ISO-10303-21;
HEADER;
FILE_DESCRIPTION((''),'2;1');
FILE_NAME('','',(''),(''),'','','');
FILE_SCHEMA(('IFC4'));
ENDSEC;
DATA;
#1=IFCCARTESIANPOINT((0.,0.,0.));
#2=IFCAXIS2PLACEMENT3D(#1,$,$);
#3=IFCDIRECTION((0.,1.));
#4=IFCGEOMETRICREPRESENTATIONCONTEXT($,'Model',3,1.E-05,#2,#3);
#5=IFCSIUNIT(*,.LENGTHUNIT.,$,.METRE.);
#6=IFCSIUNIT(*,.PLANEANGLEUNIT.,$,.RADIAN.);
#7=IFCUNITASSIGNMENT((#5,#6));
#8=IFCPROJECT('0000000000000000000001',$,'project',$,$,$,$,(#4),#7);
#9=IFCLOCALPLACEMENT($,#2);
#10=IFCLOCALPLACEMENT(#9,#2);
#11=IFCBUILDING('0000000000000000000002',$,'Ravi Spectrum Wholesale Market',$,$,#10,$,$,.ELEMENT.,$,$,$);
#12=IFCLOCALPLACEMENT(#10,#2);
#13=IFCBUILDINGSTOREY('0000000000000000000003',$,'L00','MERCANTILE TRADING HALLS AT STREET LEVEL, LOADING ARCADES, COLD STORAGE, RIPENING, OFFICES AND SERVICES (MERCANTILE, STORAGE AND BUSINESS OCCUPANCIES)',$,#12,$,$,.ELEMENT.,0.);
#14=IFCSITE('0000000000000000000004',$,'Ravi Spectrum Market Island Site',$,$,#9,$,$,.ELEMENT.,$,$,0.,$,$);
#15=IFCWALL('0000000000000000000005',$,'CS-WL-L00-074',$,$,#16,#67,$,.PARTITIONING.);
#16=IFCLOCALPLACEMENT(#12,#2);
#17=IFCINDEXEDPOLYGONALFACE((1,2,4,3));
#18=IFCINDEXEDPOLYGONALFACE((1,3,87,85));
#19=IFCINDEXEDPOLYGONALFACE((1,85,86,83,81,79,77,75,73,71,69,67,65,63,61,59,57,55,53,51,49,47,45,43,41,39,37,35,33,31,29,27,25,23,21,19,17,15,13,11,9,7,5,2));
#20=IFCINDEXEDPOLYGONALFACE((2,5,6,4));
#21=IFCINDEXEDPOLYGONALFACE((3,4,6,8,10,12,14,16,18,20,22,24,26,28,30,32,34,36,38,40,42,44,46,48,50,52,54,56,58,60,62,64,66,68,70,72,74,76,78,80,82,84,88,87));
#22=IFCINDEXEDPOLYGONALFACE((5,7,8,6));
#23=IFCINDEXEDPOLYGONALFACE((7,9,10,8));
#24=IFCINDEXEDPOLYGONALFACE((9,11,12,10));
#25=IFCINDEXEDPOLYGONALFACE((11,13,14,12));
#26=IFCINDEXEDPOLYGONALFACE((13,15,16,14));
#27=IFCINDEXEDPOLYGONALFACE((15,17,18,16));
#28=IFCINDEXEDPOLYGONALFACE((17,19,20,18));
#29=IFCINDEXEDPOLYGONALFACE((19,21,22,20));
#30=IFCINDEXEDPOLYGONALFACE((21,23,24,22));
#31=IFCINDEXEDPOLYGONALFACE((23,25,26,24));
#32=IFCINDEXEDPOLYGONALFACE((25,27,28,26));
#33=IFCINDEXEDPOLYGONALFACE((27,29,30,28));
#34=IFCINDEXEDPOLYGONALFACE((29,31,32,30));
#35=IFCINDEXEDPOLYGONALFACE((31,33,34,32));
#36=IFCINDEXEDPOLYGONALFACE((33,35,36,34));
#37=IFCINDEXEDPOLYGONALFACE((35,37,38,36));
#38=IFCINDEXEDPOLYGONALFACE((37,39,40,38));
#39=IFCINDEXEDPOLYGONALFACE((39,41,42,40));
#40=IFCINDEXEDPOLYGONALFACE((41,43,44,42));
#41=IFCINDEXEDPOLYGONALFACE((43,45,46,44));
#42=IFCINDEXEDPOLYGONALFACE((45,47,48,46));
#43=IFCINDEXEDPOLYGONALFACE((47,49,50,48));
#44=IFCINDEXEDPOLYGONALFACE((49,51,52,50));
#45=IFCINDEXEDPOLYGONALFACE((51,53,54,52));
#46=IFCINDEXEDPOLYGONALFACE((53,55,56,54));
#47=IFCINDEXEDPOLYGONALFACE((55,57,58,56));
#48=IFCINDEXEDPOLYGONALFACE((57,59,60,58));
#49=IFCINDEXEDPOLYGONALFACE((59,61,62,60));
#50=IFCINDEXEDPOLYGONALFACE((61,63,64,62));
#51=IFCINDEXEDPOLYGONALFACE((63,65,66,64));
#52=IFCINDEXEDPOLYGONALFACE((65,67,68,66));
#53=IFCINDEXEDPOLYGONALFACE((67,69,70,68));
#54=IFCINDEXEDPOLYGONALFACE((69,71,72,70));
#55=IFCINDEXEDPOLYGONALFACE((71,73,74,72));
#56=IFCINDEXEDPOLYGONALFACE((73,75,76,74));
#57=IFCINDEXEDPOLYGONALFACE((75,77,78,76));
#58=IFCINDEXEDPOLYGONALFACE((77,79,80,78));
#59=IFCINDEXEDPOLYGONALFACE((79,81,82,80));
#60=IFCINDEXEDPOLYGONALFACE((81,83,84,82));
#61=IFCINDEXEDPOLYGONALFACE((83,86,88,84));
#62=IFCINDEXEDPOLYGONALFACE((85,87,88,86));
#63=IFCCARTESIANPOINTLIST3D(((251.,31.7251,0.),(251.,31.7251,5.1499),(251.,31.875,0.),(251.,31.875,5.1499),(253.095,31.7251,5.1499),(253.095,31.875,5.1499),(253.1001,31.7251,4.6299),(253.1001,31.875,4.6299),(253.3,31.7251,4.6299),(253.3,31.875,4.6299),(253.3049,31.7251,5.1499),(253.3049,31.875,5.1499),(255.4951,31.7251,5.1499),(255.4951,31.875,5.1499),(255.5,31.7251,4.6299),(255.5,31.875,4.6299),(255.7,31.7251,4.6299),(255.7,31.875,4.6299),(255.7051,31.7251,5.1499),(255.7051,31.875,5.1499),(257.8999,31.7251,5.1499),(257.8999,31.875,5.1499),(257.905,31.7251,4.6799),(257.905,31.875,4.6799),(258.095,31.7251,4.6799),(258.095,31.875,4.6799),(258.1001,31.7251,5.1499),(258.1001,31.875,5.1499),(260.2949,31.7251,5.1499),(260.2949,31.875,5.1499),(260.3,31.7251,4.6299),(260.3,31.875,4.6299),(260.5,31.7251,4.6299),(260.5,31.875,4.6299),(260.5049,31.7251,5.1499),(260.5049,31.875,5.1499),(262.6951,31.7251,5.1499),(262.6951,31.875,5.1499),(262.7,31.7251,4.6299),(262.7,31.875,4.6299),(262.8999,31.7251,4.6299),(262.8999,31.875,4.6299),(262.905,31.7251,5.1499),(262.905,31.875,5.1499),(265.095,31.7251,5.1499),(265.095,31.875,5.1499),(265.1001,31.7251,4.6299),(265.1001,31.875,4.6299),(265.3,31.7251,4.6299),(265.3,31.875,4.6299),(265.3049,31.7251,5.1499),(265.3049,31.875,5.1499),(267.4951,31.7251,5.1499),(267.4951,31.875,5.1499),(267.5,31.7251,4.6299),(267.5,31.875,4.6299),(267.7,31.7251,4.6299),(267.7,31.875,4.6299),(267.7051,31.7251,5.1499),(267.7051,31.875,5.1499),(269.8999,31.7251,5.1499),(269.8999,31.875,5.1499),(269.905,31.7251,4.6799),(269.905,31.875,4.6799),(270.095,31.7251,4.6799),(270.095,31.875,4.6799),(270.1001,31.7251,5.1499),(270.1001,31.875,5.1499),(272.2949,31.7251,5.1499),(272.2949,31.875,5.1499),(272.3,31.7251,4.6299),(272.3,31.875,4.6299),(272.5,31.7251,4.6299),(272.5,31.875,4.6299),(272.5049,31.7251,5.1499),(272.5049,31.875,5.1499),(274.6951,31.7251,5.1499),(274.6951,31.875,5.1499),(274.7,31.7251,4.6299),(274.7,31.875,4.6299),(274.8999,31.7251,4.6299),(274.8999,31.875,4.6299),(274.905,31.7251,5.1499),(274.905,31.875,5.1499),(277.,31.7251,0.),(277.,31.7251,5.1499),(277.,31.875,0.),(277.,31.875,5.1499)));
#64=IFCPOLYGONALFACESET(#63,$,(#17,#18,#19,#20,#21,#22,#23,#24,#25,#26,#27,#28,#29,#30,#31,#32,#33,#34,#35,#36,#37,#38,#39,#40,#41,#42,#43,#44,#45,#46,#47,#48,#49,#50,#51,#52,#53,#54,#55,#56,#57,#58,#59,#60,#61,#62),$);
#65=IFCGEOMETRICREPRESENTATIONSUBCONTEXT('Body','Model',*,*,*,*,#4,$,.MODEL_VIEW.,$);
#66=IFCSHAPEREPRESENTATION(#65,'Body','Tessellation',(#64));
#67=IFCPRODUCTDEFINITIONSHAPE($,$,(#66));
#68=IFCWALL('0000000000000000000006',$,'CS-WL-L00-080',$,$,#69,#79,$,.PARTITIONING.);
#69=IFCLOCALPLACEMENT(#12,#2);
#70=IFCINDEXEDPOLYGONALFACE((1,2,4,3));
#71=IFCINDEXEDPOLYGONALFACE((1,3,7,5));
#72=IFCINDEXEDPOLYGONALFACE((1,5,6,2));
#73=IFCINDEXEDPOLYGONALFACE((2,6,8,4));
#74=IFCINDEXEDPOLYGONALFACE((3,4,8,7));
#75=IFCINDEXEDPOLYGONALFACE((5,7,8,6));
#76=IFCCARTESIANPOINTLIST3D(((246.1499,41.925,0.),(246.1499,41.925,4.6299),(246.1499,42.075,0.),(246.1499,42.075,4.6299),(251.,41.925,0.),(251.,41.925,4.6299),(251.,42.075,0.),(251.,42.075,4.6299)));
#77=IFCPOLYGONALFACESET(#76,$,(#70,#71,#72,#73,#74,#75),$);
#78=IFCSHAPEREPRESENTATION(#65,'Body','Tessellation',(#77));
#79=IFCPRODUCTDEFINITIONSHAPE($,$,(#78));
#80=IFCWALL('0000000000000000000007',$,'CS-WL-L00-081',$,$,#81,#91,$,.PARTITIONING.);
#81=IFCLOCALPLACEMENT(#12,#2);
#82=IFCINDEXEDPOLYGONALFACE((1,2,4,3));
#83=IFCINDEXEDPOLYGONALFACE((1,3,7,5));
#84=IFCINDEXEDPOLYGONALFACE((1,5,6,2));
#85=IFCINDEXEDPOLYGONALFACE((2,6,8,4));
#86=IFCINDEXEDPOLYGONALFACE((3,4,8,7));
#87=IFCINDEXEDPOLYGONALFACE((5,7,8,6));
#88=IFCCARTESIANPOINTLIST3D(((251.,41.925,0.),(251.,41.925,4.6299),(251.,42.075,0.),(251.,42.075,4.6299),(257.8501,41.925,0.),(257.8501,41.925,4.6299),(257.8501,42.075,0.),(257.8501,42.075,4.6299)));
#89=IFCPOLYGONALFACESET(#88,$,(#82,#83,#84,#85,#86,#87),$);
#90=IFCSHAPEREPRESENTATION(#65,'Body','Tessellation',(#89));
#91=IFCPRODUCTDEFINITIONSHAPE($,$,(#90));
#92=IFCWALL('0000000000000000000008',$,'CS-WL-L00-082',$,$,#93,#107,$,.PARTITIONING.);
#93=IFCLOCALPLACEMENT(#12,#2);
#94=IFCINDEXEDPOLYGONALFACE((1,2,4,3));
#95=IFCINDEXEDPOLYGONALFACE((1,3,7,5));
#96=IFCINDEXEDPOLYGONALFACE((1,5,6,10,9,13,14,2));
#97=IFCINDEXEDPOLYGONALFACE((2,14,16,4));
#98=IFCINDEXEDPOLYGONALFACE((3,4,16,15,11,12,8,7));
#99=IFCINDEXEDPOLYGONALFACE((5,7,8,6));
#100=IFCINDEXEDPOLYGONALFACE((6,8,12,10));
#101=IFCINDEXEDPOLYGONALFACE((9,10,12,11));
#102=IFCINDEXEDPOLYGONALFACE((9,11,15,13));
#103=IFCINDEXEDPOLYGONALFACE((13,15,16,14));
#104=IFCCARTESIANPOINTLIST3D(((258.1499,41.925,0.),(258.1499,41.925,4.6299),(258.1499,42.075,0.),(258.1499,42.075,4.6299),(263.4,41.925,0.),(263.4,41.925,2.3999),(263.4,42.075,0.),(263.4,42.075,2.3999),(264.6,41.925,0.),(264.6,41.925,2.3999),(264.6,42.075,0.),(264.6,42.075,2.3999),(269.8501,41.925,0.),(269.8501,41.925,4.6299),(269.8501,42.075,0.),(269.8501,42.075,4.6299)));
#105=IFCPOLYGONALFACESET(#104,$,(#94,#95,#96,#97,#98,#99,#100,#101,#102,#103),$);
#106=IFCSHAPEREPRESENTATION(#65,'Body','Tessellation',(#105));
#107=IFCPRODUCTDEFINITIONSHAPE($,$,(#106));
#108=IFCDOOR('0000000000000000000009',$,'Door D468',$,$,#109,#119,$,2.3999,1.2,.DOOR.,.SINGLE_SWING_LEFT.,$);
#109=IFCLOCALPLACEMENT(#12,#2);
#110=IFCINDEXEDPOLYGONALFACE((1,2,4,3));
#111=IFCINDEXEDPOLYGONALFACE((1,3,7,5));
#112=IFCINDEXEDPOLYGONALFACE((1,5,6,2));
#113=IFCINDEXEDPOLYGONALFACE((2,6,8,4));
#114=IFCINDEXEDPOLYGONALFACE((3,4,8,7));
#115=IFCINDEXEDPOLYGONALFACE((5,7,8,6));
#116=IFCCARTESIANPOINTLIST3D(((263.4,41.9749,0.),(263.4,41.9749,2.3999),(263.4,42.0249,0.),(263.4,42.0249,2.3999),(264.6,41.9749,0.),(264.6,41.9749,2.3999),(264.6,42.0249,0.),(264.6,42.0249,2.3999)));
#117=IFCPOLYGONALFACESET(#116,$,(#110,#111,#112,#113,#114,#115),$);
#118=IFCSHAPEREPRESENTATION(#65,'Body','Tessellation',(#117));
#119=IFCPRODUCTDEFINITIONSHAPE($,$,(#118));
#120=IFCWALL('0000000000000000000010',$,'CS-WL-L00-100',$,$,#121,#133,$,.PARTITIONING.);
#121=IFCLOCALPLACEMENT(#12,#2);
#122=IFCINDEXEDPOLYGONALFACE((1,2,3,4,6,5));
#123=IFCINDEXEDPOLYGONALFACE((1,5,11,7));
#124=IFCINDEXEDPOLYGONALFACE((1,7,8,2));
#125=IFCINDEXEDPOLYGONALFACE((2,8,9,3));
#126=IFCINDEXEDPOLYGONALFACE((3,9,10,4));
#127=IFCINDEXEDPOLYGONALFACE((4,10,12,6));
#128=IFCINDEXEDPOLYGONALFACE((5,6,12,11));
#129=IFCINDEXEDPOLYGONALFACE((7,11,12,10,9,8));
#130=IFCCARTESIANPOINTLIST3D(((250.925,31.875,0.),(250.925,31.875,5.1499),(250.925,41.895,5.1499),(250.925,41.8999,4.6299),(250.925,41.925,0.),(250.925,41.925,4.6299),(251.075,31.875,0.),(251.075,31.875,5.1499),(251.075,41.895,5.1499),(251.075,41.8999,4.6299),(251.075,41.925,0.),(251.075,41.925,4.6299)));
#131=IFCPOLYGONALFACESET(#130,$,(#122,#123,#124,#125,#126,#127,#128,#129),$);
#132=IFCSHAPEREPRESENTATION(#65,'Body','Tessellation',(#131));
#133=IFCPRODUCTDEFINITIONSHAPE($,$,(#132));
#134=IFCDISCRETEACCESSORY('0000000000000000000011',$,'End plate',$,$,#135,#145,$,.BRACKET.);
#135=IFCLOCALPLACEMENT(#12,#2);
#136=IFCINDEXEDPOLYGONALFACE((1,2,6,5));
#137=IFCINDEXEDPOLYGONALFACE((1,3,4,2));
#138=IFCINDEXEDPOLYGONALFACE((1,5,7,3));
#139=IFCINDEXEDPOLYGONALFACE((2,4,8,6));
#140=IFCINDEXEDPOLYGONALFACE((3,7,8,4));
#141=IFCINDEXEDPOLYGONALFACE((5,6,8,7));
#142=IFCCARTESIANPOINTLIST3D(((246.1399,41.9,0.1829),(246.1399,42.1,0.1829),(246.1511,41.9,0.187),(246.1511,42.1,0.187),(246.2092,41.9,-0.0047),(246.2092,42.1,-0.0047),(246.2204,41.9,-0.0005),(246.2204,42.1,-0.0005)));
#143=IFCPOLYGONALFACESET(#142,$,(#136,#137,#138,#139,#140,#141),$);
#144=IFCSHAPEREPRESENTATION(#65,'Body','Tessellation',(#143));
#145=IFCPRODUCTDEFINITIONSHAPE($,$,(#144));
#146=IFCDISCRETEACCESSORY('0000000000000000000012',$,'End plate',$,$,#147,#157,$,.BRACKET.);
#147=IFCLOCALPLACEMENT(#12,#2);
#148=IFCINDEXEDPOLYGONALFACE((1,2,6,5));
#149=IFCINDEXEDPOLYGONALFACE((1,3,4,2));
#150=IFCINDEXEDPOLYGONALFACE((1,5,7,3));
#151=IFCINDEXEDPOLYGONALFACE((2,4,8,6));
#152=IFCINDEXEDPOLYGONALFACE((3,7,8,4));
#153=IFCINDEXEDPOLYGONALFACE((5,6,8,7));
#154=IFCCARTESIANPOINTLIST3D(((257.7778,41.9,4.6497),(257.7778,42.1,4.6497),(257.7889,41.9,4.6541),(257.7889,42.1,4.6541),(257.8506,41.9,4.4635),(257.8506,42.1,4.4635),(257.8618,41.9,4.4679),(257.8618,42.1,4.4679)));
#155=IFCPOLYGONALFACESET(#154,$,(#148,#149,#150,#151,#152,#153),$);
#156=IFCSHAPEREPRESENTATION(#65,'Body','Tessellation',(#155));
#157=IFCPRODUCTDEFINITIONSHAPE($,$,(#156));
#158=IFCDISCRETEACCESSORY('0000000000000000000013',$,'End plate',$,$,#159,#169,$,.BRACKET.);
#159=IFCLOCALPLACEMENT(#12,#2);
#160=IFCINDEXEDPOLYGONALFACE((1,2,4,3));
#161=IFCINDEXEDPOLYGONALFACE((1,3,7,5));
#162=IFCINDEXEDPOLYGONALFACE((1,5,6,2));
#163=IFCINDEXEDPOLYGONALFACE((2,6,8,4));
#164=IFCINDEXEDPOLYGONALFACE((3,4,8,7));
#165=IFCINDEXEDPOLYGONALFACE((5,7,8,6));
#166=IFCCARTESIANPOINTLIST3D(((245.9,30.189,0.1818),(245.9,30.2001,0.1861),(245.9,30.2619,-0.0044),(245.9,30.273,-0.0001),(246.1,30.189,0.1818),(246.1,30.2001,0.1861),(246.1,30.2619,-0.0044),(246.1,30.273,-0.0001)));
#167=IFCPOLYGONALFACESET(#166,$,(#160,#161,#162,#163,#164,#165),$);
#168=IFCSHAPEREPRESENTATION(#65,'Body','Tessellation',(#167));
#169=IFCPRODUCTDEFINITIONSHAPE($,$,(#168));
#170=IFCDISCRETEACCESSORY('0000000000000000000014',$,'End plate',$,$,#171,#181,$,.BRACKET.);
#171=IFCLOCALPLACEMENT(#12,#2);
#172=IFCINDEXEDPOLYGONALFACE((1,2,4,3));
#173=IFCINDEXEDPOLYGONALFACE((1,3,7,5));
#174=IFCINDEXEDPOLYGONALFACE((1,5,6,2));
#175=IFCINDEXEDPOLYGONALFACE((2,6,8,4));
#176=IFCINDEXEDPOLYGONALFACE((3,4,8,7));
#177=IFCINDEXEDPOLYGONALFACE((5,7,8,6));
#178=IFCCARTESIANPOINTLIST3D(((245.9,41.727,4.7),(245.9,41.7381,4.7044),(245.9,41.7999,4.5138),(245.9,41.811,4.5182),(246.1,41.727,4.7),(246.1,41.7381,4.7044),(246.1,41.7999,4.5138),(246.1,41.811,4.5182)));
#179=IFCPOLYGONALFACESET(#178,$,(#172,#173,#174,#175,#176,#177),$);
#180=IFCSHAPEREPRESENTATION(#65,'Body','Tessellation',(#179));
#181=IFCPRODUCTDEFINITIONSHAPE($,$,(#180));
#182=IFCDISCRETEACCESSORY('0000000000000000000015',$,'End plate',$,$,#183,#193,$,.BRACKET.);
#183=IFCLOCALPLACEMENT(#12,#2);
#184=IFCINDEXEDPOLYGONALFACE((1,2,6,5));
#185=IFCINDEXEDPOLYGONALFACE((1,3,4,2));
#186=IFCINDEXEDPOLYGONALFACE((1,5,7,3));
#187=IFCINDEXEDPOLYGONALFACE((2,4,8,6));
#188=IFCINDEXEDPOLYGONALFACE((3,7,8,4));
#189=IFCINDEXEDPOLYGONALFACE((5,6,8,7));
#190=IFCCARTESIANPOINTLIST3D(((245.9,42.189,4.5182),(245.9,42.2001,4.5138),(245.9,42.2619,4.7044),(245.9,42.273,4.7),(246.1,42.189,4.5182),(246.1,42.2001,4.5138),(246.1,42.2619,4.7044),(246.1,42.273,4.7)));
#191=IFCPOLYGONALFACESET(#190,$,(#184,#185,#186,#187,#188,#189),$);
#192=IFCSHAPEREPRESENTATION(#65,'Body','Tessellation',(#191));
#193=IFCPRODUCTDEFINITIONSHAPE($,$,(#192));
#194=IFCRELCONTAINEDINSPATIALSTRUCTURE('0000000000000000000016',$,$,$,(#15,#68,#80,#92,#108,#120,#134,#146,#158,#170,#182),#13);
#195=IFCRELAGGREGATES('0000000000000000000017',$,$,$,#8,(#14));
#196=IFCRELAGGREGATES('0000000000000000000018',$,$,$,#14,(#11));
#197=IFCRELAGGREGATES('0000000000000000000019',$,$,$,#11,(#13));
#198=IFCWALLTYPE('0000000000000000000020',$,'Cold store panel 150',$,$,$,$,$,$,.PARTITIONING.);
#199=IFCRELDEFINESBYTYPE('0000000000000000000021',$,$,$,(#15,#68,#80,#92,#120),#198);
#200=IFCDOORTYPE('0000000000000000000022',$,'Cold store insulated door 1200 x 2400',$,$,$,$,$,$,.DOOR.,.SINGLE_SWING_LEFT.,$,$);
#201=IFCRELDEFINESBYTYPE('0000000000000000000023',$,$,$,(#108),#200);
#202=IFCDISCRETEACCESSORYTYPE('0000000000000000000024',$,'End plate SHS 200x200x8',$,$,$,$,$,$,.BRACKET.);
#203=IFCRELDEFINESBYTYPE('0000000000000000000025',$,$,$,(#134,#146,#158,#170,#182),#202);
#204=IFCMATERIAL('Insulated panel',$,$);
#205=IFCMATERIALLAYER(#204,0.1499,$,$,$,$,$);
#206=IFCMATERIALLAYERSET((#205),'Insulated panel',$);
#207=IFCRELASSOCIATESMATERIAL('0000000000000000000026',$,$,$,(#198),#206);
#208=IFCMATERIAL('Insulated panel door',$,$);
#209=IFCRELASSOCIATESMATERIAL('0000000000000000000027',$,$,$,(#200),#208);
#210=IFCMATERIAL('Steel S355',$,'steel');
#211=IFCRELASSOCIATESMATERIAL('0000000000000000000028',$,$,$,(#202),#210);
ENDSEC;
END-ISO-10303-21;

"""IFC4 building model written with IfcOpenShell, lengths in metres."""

from ifc_helpers import new_model, si_unit, direction, frame, frame_2d, origin, origin_2d, place, context, subcontext, project, spatial, polyline, rectangle, outline, extrude, material, layer, layer_set, material_profile, profile_set, type_object, element, fill, save


model = new_model("IFC4")

# Units and contexts
model_context = context("Model", 3, precision=1e-05, world=origin(), true_north=direction((0.0, 1.0)))
body_context = subcontext(model_context, "Body", "Model", "MODEL_VIEW")
ifc_project = project(units=[si_unit("LENGTHUNIT", "METRE"), si_unit("PLANEANGLEUNIT", "RADIAN")], contexts=[model_context])

# Site, building, storey
site_placement = place(None, origin())
site = spatial("IfcSite", under=ifc_project, at=site_placement, Name="Ravi Spectrum Market Island Site", CompositionType="ELEMENT", RefElevation=0.0)
building_placement = place(site_placement, origin())
building = spatial("IfcBuilding", under=site, at=building_placement, Name="Ravi Spectrum Wholesale Market", CompositionType="ELEMENT")
storey_placement = place(building_placement, origin())
storey = spatial("IfcBuildingStorey", under=building, at=storey_placement, Name="L00", Description="MERCANTILE TRADING HALLS AT STREET LEVEL, LOADING ARCADES, COLD STORAGE, RIPENING, OFFICES AND SERVICES (MERCANTILE, STORAGE AND BUSINESS OCCUPANCIES)", CompositionType="ELEMENT", Elevation=0.0)

# Walls
ifc_material_1 = material(Name="Insulated panel")
ifc_layer = layer(ifc_material_1, 0.1499)
ifc_layer_set = layer_set([ifc_layer], Name="Insulated panel")
wall_type = type_object("IfcWallType", Name="Cold store panel 150", PredefinedType="PARTITIONING", material=ifc_layer_set)
wall_1_placement = place(storey_placement, frame((251.0, 31.8, 0.0), z_axis=(0.0, 0.0, 1.0), x_axis=(1.0, 0.0, 0.0)))
element("IfcWall", 1, at=wall_1_placement, inside=storey, type_object=wall_type, Name="CS-WL-L00-074", PredefinedType="PARTITIONING", context=body_context, shape_type="SweptSolid", body=[
    extrude(outline(polyline([(0.0, 0.0), (26.0, 0.0), (26.0, 5.1499), (23.905, 5.1499), (23.8999, 4.6299), (23.7, 4.6299), (23.6951, 5.1499), (21.5049, 5.1499), (21.5, 4.6299), (21.3, 4.6299), (21.2949, 5.1499), (19.1001, 5.1499), (19.095, 4.6799), (18.905, 4.6799), (18.8999, 5.1499), (16.7051, 5.1499), (16.7, 4.6299), (16.5, 4.6299), (16.4951, 5.1499), (14.3049, 5.1499), (14.3, 4.6299), (14.1001, 4.6299), (14.095, 5.1499), (11.905, 5.1499), (11.8999, 4.6299), (11.7, 4.6299), (11.6951, 5.1499), (9.5049, 5.1499), (9.5, 4.6299), (9.3, 4.6299), (9.2949, 5.1499), (7.1001, 5.1499), (7.095, 4.6799), (6.905, 4.6799), (6.8999, 5.1499), (4.7051, 5.1499), (4.7, 4.6299), (4.5, 4.6299), (4.4951, 5.1499), (2.3049, 5.1499), (2.3, 4.6299), (2.1001, 4.6299), (2.095, 5.1499), (0.0, 5.1499), (0.0, 0.0)])), frame((0.0, 0.075, 0.0), z_axis=(0.0, -1.0, 0.0), x_axis=(1.0, 0.0, 0.0)), (0.0, 0.0, 1.0), 0.1499),
])
wall_2_placement = place(storey_placement, frame((246.1499, 42.0, 0.0), z_axis=(0.0, 0.0, 1.0), x_axis=(1.0, 0.0, 0.0)))
element("IfcWall", 2, at=wall_2_placement, inside=storey, type_object=wall_type, Name="CS-WL-L00-080", PredefinedType="PARTITIONING", context=body_context, shape_type="SweptSolid", body=[
    extrude(rectangle(XDim=4.8501, YDim=0.1499, at=frame_2d((2.425, 0.0))), origin(), (0.0, 0.0, 1.0), 4.6299),
])
wall_3_placement = place(storey_placement, frame((251.0, 42.0, 0.0), z_axis=(0.0, 0.0, 1.0), x_axis=(1.0, 0.0, 0.0)))
element("IfcWall", 3, at=wall_3_placement, inside=storey, type_object=wall_type, Name="CS-WL-L00-081", PredefinedType="PARTITIONING", context=body_context, shape_type="SweptSolid", body=[
    extrude(rectangle(XDim=6.8501, YDim=0.1499, at=frame_2d((3.425, 0.0))), origin(), (0.0, 0.0, 1.0), 4.6299),
])

# Wall, opening, door
wall_4_placement = place(storey_placement, frame((258.1499, 42.0, 0.0), z_axis=(0.0, 0.0, 1.0), x_axis=(1.0, 0.0, 0.0)))
wall_4 = element("IfcWall", 4, at=wall_4_placement, inside=storey, type_object=wall_type, Name="CS-WL-L00-082", PredefinedType="PARTITIONING", context=body_context, shape_type="SweptSolid", body=[
    extrude(rectangle(XDim=11.7002, YDim=0.1499, at=frame_2d((5.8501, 0.0))), origin(), (0.0, 0.0, 1.0), 4.6299),
])
opening_placement = place(wall_4_placement, frame((5.25, 0.0, 0.0)))
opening = element("IfcOpeningElement", 5, at=opening_placement, cuts=wall_4, PredefinedType="OPENING", context=body_context, shape_type="SweptSolid", body=[
    extrude(rectangle(XDim=1.2, YDim=2.3999, at=frame_2d((0.6001, 1.2))), frame((0.0, 0.085, 0.0), z_axis=(0.0, -1.0, 0.0), x_axis=(1.0, 0.0, 0.0)), (0.0, 0.0, 1.0), 0.1699),
])
ifc_material_2 = material(Name="Insulated panel door")
door_type = type_object("IfcDoorType", Name="Cold store insulated door 1200 x 2400", OperationType="SINGLE_SWING_LEFT", PredefinedType="DOOR", material=ifc_material_2)
door_placement = place(opening_placement, origin())
door = element("IfcDoor", 6, at=door_placement, inside=storey, type_object=door_type, Name="Door D468", OperationType="SINGLE_SWING_LEFT", OverallHeight=2.3999, OverallWidth=1.2, PredefinedType="DOOR", context=body_context, shape_type="SweptSolid", body=[
    extrude(rectangle(XDim=1.2, YDim=2.3999, at=frame_2d((0.6001, 1.2))), frame((0.0, 0.0249, 0.0), z_axis=(0.0, -1.0, 0.0), x_axis=(1.0, 0.0, 0.0)), (0.0, 0.0, 1.0), 0.05),
])
fill(opening, door)

# Wall
wall_5_placement = place(storey_placement, frame((251.0, 31.875, 0.0), z_axis=(0.0, 0.0, 1.0), x_axis=(0.0, 1.0, 0.0)))
element("IfcWall", 7, at=wall_5_placement, inside=storey, type_object=wall_type, Name="CS-WL-L00-100", PredefinedType="PARTITIONING", context=body_context, shape_type="SweptSolid", body=[
    extrude(outline(polyline([(0.0, 0.0), (10.05, 0.0), (10.05, 4.6299), (10.0249, 4.6299), (10.02, 5.1499), (0.0, 5.1499), (0.0, 0.0)])), frame((0.0, 0.075, 0.0), z_axis=(0.0, -1.0, 0.0), x_axis=(1.0, 0.0, 0.0)), (0.0, 0.0, 1.0), 0.1499),
])

# Discrete accessories
ifc_material_3 = material(Name="Steel S355", Category="steel")
ifc_material_profile_1 = material_profile(ifc_material_3, rectangle(XDim=0.2, YDim=0.2, at=origin_2d()))
ifc_profile_set_1 = profile_set([ifc_material_profile_1], Name="Steel S355")
discrete_accessory_type = type_object("IfcDiscreteAccessoryType", Name="End plate SHS 200x200x8", PredefinedType="BRACKET", material=ifc_profile_set_1)
for number, where, z_axis, x_axis, name in (
    (8, (246.1858, 42.0, 0.0933), (-0.937994, 0.0, -0.34665), (0.0, -1.0, 0.0), "End plate"),
    (9, (257.8142, 42.0, 4.5566), (0.931243, 0.0, 0.364399), (0.0, 1.0, 0.0), "End plate"),
    (10, (246.0, 30.2366, 0.093), (0.0, -0.931243, -0.364399), (1.0, 0.0, 0.0), "End plate"),
    (11, (246.0, 41.7634, 4.6069), (0.0, 0.931243, 0.364399), (-1.0, 0.0, 0.0), "End plate"),
    (12, (246.0, 42.2366, 4.6069), (0.0, -0.931243, 0.364399), (1.0, 0.0, 0.0), "End plate"),
):
    element("IfcDiscreteAccessory", number, at=place(storey_placement, frame(where, z_axis=z_axis, x_axis=x_axis)), inside=storey, type_object=discrete_accessory_type, Name=name, PredefinedType="BRACKET", context=body_context, shape_type="SweptSolid", body=[
        extrude(rectangle(XDim=0.2, YDim=0.2, at=origin_2d()), origin(), (0.0, 0.0, 1.0), 0.012),
    ])

save(model, "model.ifc")
